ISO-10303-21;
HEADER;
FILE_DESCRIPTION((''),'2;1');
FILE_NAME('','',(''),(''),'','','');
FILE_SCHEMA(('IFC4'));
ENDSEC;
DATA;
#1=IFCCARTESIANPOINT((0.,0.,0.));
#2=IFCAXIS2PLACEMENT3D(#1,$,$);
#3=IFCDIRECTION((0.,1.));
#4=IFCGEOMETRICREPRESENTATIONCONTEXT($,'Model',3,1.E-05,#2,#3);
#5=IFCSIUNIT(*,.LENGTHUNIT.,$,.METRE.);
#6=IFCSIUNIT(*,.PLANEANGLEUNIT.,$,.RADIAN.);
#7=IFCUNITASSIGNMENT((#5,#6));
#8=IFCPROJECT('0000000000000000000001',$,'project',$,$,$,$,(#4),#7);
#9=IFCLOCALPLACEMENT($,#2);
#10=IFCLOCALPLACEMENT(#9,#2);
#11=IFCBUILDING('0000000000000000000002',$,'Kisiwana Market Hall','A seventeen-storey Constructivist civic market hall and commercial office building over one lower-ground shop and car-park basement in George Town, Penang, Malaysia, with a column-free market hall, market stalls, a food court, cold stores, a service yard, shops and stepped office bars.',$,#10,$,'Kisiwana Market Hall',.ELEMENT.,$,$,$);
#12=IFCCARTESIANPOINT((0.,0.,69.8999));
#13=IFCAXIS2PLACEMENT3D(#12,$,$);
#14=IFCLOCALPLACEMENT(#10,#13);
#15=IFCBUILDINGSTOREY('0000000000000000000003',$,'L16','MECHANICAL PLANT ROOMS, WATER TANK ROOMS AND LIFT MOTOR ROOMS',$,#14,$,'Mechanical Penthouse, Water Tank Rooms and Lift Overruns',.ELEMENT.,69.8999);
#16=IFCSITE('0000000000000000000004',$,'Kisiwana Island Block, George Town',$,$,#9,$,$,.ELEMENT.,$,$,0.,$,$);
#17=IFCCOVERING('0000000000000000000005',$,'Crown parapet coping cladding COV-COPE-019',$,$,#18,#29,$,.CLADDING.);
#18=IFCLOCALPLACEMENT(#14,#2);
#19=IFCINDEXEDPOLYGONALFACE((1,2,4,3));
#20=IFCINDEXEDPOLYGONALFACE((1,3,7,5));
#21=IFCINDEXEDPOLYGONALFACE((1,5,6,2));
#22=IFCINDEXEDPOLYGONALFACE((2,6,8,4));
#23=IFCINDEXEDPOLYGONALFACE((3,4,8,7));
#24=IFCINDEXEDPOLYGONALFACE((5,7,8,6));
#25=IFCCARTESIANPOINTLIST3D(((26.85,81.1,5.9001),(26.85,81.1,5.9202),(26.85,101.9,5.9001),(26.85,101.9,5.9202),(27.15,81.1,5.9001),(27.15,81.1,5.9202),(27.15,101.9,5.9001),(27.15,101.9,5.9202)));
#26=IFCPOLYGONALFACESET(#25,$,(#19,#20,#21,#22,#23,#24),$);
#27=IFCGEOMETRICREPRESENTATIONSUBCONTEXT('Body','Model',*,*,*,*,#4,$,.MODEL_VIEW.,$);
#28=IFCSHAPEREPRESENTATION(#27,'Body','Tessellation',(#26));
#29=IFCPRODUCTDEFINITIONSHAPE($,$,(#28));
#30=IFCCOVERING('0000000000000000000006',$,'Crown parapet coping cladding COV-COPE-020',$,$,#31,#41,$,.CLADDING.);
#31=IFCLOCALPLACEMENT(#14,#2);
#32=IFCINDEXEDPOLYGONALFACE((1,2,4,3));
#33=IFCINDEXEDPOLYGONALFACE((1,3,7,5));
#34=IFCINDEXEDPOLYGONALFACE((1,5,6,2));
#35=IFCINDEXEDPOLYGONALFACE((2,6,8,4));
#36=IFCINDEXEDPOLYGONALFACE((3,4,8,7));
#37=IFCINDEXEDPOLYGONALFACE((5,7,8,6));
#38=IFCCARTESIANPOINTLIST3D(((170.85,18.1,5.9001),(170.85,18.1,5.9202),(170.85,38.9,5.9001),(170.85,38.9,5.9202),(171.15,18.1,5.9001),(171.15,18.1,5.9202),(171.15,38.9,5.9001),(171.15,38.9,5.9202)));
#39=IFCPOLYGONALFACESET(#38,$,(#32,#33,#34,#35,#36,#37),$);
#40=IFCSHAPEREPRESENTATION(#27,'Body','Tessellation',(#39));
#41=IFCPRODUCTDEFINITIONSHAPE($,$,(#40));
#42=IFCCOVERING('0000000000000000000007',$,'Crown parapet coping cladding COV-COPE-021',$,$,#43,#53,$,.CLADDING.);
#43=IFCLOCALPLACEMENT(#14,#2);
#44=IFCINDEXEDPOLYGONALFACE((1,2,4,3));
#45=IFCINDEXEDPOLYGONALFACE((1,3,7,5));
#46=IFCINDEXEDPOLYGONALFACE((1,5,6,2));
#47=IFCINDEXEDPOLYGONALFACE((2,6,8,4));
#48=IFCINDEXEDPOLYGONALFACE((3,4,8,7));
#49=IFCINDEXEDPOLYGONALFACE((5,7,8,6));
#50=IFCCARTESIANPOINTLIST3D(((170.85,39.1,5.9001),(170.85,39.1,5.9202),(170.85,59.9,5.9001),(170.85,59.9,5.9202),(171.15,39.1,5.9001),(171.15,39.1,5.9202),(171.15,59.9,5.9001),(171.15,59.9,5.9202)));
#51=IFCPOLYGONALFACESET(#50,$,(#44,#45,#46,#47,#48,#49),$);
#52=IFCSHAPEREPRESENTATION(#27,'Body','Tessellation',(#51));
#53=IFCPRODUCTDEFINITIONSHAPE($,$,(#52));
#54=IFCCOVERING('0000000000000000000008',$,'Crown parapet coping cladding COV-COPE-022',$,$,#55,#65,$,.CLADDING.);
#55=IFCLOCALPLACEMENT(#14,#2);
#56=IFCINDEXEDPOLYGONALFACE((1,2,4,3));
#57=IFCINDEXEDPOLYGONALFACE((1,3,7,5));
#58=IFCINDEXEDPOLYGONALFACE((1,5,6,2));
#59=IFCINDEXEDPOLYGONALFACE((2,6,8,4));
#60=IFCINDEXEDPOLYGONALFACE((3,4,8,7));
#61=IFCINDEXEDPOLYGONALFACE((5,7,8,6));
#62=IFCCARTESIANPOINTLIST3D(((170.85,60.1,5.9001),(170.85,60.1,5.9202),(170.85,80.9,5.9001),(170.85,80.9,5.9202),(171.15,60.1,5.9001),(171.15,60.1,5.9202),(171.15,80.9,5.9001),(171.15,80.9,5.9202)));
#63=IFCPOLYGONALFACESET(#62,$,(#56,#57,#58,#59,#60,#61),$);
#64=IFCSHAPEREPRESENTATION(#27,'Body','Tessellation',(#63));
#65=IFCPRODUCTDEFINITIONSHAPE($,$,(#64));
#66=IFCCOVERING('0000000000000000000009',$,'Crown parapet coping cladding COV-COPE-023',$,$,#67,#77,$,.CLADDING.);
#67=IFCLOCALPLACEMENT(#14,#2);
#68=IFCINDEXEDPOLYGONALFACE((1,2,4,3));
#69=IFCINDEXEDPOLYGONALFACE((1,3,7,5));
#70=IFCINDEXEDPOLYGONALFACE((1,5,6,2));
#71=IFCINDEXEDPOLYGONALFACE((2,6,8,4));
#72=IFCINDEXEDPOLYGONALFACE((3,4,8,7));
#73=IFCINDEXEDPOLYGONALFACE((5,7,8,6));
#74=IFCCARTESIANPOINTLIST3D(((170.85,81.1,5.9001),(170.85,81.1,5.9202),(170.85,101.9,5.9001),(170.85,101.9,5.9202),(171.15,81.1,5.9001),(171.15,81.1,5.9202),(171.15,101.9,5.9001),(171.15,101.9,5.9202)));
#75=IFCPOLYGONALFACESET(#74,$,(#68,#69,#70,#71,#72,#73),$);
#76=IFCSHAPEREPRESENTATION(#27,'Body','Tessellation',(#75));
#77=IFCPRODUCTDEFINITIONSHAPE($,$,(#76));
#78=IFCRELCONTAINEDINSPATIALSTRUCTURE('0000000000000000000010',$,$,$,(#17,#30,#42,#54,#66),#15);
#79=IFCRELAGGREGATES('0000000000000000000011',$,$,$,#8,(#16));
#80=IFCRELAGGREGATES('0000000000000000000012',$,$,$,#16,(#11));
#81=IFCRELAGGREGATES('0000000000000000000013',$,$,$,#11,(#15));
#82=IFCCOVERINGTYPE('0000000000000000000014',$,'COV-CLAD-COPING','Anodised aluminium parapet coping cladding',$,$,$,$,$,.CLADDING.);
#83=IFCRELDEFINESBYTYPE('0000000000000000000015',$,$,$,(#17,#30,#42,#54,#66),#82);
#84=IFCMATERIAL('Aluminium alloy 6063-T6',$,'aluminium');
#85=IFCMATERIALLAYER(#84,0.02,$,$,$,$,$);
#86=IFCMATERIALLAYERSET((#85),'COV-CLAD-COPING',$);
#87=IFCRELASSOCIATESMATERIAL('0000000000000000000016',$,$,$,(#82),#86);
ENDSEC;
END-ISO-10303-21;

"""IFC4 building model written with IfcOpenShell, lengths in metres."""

from ifc_helpers import new_model, si_unit, direction, frame, origin, origin_2d, place, context, subcontext, project, spatial, rectangle, extrude, material, layer, layer_set, type_object, element, save


model = new_model("IFC4")

# Units and contexts
model_context = context("Model", 3, precision=1e-05, world=origin(), true_north=direction((0.0, 1.0)))
body_context = subcontext(model_context, "Body", "Model", "MODEL_VIEW")
ifc_project = project(units=[si_unit("LENGTHUNIT", "METRE"), si_unit("PLANEANGLEUNIT", "RADIAN")], contexts=[model_context])

# Site, building, storey
site_placement = place(None, origin())
site = spatial("IfcSite", under=ifc_project, at=site_placement, Name="Kisiwana Island Block, George Town", CompositionType="ELEMENT", RefElevation=0.0)
building_placement = place(site_placement, origin())
building = spatial("IfcBuilding", under=site, at=building_placement, Name="Kisiwana Market Hall", Description="A seventeen-storey Constructivist civic market hall and commercial office building over one lower-ground shop and car-park basement in George Town, Penang, Malaysia, with a column-free market hall, market stalls, a food court, cold stores, a service yard, shops and stepped office bars.", LongName="Kisiwana Market Hall", CompositionType="ELEMENT")
storey_placement = place(building_placement, frame((0.0, 0.0, 69.8999)))
storey = spatial("IfcBuildingStorey", under=building, at=storey_placement, Name="L16", Description="MECHANICAL PLANT ROOMS, WATER TANK ROOMS AND LIFT MOTOR ROOMS", LongName="Mechanical Penthouse, Water Tank Rooms and Lift Overruns", CompositionType="ELEMENT", Elevation=69.8999)

# Coverings
ifc_material_1 = material(Name="Aluminium alloy 6063-T6", Category="aluminium")
ifc_layer_1 = layer(ifc_material_1, 0.02)
ifc_layer_set_1 = layer_set([ifc_layer_1], Name="COV-CLAD-COPING")
covering_type = type_object("IfcCoveringType", Name="COV-CLAD-COPING", Description="Anodised aluminium parapet coping cladding", PredefinedType="CLADDING", material=ifc_layer_set_1)
for number, where, z_axis, x_axis, name in (
    (1, (27.0, 91.5, 5.9001), (0.0, 0.0, 1.0), (1.0, 0.0, 0.0), "Crown parapet coping cladding COV-COPE-019"),
    (2, (171.0, 28.5, 5.9001), (0.0, 0.0, 1.0), (1.0, 0.0, 0.0), "Crown parapet coping cladding COV-COPE-020"),
    (3, (171.0, 49.5, 5.9001), (0.0, 0.0, 1.0), (1.0, 0.0, 0.0), "Crown parapet coping cladding COV-COPE-021"),
    (4, (171.0, 70.5, 5.9001), (0.0, 0.0, 1.0), (1.0, 0.0, 0.0), "Crown parapet coping cladding COV-COPE-022"),
    (5, (171.0, 91.5, 5.9001), (0.0, 0.0, 1.0), (1.0, 0.0, 0.0), "Crown parapet coping cladding COV-COPE-023"),
):
    element("IfcCovering", number, at=place(storey_placement, frame(where, z_axis=z_axis, x_axis=x_axis)), inside=storey, type_object=covering_type, Name=name, PredefinedType="CLADDING", context=body_context, shape_type="SweptSolid", body=[
        extrude(rectangle(XDim=0.3, YDim=20.8, at=origin_2d()), origin(), (0.0, 0.0, 1.0), 0.02),
    ])

save(model, "model.ifc")
